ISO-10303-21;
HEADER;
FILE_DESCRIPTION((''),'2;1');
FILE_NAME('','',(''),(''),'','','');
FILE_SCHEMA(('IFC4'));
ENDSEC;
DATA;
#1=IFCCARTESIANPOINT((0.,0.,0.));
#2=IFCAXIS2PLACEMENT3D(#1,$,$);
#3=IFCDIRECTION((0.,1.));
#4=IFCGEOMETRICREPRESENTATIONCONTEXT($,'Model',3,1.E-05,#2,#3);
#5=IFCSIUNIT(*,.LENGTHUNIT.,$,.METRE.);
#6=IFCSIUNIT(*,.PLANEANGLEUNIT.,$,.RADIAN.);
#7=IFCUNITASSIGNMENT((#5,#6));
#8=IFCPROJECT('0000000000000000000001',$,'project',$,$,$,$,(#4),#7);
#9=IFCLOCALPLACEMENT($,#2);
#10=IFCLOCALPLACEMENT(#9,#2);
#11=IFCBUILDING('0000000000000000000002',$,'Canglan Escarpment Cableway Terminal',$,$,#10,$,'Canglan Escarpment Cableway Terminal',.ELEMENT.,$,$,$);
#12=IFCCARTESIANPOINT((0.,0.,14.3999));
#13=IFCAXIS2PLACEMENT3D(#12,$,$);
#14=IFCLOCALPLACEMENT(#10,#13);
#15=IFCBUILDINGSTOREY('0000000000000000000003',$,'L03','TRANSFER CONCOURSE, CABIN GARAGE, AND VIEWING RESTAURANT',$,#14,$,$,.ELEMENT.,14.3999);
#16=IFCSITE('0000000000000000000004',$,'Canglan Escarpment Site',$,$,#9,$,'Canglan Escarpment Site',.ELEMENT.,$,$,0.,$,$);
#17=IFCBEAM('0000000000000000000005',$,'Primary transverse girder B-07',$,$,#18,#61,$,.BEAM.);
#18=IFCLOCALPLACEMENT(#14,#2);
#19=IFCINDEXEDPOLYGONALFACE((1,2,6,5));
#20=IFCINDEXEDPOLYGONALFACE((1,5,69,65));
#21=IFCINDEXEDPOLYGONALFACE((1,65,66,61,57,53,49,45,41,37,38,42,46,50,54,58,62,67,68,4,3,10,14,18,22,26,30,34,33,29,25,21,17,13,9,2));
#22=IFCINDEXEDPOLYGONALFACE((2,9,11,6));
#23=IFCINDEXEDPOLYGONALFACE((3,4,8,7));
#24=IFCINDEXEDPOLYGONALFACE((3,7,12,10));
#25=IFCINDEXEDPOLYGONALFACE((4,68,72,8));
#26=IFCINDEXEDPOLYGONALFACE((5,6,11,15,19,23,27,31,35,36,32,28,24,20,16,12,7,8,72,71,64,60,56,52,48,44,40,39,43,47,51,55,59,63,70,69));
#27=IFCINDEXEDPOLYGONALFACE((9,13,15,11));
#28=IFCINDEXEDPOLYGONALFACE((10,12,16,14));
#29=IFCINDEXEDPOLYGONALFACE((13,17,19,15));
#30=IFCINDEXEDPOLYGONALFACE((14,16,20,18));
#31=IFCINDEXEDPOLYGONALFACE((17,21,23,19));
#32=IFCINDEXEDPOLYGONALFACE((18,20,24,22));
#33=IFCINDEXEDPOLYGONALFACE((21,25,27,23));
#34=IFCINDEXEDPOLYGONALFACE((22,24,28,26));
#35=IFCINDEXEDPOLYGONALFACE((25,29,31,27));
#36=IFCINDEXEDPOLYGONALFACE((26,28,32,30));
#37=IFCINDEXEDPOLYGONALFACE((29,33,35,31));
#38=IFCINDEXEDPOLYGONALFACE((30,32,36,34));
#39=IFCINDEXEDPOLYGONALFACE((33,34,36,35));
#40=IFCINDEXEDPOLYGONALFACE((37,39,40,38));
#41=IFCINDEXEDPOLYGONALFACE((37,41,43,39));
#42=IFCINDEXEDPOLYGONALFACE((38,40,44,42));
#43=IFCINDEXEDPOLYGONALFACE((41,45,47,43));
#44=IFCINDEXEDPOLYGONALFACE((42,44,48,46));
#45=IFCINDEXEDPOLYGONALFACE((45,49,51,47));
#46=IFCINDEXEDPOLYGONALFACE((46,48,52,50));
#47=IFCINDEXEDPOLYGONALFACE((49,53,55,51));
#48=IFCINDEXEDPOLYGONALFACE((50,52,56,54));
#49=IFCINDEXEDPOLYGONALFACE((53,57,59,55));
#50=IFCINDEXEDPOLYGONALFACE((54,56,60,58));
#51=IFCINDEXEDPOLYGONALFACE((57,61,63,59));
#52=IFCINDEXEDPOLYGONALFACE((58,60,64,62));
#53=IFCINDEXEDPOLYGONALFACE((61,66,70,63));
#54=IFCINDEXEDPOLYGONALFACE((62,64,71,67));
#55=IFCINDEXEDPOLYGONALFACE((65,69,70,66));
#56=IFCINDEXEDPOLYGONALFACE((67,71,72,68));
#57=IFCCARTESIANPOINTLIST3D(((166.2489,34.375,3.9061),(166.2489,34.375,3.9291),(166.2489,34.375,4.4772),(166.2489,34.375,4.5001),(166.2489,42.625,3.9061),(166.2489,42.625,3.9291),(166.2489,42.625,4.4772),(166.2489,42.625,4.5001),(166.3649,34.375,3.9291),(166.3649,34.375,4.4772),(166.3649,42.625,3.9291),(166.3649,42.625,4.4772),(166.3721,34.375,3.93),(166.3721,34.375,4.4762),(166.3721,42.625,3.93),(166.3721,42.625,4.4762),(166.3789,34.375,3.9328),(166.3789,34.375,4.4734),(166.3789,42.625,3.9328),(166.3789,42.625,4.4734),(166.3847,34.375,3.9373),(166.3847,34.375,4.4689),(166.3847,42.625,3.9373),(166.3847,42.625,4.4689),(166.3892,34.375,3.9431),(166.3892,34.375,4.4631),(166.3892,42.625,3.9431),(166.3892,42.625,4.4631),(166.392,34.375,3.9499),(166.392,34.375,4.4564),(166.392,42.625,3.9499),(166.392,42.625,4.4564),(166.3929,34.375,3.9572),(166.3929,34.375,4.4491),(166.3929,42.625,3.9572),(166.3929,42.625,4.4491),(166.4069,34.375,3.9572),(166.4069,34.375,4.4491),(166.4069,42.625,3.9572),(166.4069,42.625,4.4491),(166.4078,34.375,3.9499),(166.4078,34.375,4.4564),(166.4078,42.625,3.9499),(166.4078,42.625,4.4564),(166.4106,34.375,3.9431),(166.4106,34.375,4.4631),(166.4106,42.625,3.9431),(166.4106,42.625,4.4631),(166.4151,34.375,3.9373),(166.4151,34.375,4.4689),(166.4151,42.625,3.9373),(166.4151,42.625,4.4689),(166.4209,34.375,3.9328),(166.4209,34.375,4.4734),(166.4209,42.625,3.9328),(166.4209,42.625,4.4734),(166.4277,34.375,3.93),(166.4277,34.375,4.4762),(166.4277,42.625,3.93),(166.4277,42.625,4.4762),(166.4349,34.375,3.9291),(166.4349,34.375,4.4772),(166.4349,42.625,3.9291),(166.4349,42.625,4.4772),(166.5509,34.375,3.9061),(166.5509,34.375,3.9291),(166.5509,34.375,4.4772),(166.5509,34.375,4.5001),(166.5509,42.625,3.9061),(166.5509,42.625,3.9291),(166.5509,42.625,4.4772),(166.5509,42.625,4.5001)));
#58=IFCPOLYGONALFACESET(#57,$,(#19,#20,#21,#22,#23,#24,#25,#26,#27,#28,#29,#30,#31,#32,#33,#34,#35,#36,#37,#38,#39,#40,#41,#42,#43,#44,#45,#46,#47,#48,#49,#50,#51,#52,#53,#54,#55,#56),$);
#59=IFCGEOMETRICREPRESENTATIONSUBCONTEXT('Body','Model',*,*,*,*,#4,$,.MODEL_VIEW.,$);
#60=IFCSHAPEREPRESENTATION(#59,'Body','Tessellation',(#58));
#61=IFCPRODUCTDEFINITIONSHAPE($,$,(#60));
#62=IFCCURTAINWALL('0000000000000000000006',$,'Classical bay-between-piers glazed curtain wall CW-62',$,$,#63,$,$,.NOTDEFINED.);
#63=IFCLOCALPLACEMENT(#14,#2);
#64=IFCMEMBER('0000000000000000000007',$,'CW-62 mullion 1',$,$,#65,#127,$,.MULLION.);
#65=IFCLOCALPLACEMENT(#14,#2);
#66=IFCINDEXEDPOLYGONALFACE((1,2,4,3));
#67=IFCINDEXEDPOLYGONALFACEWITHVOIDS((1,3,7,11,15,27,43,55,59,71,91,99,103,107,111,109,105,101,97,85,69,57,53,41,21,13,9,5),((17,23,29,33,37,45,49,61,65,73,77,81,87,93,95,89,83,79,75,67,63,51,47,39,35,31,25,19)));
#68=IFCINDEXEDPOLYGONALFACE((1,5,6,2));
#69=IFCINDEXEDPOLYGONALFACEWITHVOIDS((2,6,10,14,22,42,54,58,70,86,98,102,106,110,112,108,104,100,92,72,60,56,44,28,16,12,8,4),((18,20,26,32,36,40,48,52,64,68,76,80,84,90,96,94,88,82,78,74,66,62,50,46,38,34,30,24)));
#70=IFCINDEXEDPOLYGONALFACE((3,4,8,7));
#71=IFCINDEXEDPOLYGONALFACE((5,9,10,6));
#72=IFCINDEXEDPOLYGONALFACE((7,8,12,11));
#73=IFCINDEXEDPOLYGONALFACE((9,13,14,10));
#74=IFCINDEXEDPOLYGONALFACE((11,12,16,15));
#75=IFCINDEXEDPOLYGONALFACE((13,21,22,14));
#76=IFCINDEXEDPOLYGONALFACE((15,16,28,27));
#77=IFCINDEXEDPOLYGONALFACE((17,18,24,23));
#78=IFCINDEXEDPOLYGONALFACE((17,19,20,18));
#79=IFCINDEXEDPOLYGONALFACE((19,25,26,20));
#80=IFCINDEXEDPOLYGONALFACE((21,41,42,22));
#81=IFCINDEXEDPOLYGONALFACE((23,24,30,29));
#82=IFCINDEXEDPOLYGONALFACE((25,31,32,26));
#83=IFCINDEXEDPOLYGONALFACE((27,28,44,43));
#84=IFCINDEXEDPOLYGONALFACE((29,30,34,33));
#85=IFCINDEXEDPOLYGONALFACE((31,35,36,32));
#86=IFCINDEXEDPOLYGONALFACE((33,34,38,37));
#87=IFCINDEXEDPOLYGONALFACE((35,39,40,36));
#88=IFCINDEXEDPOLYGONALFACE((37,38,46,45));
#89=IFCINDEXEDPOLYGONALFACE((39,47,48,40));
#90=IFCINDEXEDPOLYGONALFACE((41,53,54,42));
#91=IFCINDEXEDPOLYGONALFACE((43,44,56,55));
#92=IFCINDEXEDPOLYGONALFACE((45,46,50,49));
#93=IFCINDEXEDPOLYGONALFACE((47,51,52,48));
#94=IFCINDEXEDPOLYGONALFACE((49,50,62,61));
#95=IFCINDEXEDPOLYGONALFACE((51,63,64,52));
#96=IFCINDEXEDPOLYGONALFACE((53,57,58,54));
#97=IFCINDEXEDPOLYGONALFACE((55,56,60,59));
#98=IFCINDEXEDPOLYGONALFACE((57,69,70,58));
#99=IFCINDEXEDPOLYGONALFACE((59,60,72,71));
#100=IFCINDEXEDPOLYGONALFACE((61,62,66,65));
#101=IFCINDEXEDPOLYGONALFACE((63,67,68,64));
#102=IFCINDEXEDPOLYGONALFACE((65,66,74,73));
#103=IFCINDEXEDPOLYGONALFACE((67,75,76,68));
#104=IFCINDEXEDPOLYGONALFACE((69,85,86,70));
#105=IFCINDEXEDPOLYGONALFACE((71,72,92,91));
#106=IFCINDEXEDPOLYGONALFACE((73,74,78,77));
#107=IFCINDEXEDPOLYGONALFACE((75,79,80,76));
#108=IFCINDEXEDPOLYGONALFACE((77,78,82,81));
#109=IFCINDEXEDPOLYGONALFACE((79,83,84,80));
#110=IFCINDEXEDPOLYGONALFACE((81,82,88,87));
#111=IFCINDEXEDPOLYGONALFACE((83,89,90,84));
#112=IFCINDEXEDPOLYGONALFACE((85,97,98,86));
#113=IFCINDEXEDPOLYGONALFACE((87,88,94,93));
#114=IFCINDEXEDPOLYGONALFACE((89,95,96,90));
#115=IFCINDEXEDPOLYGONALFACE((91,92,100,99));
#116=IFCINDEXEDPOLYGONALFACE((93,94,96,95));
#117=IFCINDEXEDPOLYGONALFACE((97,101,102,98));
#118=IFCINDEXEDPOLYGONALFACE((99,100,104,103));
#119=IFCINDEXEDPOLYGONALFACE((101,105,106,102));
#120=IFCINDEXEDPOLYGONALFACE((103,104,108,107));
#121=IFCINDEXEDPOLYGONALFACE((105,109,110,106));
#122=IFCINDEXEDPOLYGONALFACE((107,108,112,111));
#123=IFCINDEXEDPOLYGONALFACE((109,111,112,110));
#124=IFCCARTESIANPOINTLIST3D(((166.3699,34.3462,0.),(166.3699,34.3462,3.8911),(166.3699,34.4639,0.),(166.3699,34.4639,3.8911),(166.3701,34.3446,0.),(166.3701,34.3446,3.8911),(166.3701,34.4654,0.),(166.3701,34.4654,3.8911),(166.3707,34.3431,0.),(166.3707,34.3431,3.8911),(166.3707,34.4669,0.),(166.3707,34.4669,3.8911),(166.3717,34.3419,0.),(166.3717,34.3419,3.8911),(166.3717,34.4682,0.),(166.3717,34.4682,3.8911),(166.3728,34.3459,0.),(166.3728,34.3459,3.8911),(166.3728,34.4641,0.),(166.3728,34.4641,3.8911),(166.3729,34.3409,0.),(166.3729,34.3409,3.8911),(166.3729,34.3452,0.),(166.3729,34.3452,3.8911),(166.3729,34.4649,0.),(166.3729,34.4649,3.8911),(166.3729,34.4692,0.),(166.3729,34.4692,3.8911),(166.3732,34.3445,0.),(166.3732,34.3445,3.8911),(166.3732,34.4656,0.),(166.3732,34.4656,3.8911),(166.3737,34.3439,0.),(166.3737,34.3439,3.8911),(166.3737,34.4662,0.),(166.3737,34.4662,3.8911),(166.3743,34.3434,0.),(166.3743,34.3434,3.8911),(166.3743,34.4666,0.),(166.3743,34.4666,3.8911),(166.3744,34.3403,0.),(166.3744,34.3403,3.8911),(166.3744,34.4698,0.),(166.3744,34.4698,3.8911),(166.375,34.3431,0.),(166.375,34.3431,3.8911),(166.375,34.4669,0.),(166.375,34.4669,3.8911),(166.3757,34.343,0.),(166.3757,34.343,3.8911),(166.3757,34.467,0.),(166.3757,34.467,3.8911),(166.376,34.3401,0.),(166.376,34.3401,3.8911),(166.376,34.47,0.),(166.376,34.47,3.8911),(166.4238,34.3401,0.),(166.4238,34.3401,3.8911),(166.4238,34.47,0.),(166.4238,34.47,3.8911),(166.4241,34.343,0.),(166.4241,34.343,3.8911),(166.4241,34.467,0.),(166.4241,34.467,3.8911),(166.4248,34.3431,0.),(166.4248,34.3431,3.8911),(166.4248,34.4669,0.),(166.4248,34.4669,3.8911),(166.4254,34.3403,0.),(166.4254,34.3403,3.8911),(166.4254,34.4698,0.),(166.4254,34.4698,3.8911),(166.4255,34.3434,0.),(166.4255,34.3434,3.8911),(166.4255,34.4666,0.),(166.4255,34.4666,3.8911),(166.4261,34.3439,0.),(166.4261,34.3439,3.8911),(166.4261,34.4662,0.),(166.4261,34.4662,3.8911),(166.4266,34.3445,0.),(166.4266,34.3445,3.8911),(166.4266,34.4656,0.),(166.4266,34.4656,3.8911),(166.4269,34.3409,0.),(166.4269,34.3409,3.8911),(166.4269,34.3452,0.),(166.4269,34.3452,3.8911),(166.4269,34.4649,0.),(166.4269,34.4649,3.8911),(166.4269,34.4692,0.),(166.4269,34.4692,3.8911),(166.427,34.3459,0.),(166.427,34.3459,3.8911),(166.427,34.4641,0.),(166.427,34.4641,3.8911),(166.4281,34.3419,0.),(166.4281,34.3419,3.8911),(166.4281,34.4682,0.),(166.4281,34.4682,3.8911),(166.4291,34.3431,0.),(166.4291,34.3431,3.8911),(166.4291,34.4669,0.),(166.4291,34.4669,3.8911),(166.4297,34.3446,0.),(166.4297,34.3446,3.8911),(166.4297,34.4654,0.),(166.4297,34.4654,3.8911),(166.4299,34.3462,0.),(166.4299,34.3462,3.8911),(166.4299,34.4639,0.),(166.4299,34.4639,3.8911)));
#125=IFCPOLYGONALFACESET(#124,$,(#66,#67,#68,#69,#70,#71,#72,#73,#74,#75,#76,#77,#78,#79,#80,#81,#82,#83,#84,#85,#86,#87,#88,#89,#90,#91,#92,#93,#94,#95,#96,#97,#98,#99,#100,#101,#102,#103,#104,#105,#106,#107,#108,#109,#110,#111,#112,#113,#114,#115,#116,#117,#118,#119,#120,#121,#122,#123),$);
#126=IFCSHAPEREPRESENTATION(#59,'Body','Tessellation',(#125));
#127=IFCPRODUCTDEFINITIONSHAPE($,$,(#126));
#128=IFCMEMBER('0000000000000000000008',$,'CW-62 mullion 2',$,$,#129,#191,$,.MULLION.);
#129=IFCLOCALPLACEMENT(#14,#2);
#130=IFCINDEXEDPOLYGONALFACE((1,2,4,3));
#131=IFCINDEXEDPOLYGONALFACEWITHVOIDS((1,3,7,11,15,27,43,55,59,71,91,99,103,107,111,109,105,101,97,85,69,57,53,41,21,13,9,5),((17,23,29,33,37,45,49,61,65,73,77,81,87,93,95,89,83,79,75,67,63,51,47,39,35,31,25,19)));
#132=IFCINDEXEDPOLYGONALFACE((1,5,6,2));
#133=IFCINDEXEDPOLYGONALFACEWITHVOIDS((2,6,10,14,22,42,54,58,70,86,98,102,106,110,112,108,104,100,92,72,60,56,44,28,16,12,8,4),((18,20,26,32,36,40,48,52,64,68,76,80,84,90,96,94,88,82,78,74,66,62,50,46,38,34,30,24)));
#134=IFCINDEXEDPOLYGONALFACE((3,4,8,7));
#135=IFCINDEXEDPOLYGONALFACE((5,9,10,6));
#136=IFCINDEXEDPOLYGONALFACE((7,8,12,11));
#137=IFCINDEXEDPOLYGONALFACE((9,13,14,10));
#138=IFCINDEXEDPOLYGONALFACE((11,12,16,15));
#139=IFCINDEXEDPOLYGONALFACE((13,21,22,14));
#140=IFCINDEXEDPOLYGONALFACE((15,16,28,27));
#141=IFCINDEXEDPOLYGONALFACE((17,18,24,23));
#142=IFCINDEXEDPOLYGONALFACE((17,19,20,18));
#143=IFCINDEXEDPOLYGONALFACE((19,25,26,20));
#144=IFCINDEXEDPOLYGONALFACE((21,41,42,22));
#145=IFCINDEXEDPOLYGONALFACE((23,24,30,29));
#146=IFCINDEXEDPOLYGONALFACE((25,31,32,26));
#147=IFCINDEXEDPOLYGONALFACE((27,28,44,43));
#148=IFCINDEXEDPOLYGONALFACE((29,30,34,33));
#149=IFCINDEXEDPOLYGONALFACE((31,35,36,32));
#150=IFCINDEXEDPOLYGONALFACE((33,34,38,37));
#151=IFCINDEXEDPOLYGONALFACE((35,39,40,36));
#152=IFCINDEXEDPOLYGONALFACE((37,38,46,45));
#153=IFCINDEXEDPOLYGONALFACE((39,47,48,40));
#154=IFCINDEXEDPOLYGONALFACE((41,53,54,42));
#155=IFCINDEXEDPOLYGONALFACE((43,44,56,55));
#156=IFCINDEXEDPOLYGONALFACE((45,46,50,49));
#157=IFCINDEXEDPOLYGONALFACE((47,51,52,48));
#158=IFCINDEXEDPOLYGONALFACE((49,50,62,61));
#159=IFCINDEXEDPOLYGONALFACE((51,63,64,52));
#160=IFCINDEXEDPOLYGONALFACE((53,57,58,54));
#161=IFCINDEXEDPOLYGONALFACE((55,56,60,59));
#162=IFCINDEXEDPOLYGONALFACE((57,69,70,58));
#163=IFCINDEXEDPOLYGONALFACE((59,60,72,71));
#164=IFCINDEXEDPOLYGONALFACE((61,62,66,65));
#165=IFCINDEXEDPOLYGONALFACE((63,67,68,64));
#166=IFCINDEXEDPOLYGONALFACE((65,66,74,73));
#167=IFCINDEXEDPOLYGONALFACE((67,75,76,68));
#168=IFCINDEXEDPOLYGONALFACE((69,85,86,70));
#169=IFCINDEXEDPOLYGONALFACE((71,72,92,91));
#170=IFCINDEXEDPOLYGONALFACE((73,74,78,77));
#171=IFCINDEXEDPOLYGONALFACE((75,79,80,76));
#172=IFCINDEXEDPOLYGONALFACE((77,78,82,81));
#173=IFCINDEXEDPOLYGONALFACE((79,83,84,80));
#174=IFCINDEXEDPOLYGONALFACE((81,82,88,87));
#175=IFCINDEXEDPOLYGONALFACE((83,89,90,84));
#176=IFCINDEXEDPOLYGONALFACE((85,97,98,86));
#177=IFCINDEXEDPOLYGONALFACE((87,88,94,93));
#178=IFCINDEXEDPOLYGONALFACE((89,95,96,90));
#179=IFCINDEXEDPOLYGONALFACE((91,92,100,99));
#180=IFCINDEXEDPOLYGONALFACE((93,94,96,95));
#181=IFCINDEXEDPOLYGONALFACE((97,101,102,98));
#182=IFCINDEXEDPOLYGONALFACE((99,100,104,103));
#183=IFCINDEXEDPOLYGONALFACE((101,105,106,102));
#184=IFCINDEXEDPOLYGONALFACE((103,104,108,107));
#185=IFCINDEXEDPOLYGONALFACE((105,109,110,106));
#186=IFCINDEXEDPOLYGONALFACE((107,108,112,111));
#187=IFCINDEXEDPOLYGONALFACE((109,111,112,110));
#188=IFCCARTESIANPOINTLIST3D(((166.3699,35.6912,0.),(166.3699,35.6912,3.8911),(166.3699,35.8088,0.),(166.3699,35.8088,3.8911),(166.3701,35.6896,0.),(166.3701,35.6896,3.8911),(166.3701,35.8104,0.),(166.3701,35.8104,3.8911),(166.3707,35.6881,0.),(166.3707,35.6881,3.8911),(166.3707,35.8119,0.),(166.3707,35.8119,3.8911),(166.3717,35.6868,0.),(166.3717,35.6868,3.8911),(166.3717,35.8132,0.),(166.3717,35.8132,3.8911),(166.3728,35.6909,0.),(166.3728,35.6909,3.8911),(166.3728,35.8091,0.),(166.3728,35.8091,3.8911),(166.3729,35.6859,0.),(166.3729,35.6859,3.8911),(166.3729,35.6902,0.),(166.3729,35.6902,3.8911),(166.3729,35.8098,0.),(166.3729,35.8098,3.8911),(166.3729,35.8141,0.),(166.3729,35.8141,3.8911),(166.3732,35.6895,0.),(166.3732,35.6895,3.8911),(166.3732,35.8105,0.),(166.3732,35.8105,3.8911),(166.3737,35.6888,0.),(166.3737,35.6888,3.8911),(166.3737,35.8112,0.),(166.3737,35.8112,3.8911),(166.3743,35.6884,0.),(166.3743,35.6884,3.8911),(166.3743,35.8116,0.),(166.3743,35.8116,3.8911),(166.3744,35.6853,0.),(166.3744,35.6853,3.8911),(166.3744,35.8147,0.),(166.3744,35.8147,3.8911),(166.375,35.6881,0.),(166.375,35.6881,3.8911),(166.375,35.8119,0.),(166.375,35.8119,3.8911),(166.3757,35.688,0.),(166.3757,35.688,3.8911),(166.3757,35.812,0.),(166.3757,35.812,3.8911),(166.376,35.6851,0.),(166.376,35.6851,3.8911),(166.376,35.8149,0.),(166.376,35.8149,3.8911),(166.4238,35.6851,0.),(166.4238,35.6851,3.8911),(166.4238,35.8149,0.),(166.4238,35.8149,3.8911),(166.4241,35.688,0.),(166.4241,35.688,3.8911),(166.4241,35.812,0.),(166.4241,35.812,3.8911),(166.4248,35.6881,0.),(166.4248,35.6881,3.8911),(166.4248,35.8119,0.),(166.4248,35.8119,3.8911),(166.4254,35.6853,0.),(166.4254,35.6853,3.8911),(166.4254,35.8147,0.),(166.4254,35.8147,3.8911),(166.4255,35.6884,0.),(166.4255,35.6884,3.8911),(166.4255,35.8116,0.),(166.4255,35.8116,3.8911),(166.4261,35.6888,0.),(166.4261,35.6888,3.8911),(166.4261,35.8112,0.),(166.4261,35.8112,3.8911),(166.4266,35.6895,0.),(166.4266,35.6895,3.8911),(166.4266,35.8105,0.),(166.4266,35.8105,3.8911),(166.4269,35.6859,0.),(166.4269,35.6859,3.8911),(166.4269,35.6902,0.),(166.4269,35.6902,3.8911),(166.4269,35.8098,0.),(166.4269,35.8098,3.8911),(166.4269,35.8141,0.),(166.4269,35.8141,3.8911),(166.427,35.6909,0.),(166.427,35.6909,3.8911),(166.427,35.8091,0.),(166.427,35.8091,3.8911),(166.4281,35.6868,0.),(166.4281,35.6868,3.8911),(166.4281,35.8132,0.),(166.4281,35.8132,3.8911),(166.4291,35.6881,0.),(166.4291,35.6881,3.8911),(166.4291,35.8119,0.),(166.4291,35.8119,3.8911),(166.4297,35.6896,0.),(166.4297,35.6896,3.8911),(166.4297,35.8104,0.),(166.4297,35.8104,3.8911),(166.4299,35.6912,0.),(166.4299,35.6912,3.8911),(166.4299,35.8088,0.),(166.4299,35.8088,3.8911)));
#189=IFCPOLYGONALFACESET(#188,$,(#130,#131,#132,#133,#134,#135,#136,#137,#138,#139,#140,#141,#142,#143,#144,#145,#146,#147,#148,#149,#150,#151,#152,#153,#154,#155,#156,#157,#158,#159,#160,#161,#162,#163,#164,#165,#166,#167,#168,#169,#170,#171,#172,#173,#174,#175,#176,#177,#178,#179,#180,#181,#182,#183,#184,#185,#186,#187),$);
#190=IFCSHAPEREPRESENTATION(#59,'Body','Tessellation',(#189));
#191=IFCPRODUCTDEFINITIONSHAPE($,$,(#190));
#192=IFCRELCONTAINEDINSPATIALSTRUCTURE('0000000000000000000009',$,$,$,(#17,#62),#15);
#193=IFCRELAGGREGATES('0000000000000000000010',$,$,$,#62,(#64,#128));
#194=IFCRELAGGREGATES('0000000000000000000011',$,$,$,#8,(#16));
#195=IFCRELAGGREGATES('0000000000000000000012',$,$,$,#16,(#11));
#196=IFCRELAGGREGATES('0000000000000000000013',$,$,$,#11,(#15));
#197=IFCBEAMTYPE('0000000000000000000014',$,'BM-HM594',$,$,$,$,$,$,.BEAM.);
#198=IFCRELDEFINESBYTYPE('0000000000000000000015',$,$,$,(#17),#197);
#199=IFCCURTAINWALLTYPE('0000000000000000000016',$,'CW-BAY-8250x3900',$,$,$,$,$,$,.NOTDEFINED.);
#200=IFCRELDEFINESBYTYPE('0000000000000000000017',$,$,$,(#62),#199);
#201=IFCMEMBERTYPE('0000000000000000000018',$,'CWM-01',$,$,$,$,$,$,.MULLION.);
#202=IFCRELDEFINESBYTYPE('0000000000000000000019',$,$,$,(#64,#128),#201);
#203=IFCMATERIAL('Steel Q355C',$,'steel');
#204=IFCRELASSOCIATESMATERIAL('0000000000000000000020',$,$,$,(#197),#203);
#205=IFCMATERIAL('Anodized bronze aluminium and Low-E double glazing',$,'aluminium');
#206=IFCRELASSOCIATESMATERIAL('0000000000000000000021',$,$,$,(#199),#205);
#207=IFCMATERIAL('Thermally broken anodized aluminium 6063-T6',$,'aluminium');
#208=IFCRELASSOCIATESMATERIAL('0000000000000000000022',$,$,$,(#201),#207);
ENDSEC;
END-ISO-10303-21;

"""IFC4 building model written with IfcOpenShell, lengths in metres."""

from ifc_helpers import new_model, si_unit, direction, frame, origin, origin_2d, place, context, subcontext, project, spatial, hollow_rectangle, i_section, extrude, material, material_profile, profile_set, type_object, element, aggregate, save


model = new_model("IFC4")

# Units and contexts
model_context = context("Model", 3, precision=1e-05, world=origin(), true_north=direction((0.0, 1.0)))
body_context = subcontext(model_context, "Body", "Model", "MODEL_VIEW")
ifc_project = project(units=[si_unit("LENGTHUNIT", "METRE"), si_unit("PLANEANGLEUNIT", "RADIAN")], contexts=[model_context])

# Site, building, storey
site_placement = place(None, origin())
site = spatial("IfcSite", under=ifc_project, at=site_placement, Name="Canglan Escarpment Site", LongName="Canglan Escarpment Site", CompositionType="ELEMENT", RefElevation=0.0)
building_placement = place(site_placement, origin())
building = spatial("IfcBuilding", under=site, at=building_placement, Name="Canglan Escarpment Cableway Terminal", LongName="Canglan Escarpment Cableway Terminal", CompositionType="ELEMENT")
storey_placement = place(building_placement, frame((0.0, 0.0, 14.3999)))
storey = spatial("IfcBuildingStorey", under=building, at=storey_placement, Name="L03", Description="TRANSFER CONCOURSE, CABIN GARAGE, AND VIEWING RESTAURANT", CompositionType="ELEMENT", Elevation=14.3999)

# Shared definitions
ifc_material_1 = material(Name="Steel Q355C", Category="steel")

# Beam
ifc_material_profile_1 = material_profile(ifc_material_1, i_section(OverallWidth=0.302, OverallDepth=0.594, WebThickness=0.0139, FlangeThickness=0.0229, FilletRadius=0.0281, at=origin_2d()), Name="HM 594x302x14x23")
ifc_profile_set_1 = profile_set([ifc_material_profile_1], Name="Steel Q355C")
beam_type_1 = type_object("IfcBeamType", Name="BM-HM594", PredefinedType="BEAM", material=ifc_profile_set_1)
beam_1_placement = place(storey_placement, frame((166.3999, 34.375, 4.2031), z_axis=(0.0, 1.0, 0.0), x_axis=(-1.0, 0.0, 0.0)))
element("IfcBeam", 1, at=beam_1_placement, inside=storey, type_object=beam_type_1, Name="Primary transverse girder B-07", PredefinedType="BEAM", context=body_context, shape_type="SweptSolid", body=[
    extrude(i_section(OverallWidth=0.302, OverallDepth=0.594, WebThickness=0.0139, FlangeThickness=0.0229, FilletRadius=0.0281, at=origin_2d()), origin(), (0.0, 0.0, 1.0), 8.25),
])

# Curtain wall, members
ifc_material_2 = material(Name="Anodized bronze aluminium and Low-E double glazing", Category="aluminium")
curtain_wall_type_1 = type_object("IfcCurtainWallType", Name="CW-BAY-8250x3900", PredefinedType="NOTDEFINED", material=ifc_material_2)
curtain_wall_1_placement = place(storey_placement, origin())
curtain_wall_1 = element("IfcCurtainWall", 2, at=curtain_wall_1_placement, inside=storey, type_object=curtain_wall_type_1, Name="Classical bay-between-piers glazed curtain wall CW-62", PredefinedType="NOTDEFINED")
ifc_material_3 = material(Name="Thermally broken anodized aluminium 6063-T6", Category="aluminium")
ifc_material_profile_2 = material_profile(ifc_material_3, hollow_rectangle(XDim=0.0601, YDim=0.1299, WallThickness=0.0029, InnerFilletRadius=0.0029, OuterFilletRadius=0.0061, at=origin_2d()), Name="ALU-MULL 60x130x3")
ifc_profile_set_2 = profile_set([ifc_material_profile_2], Name="Thermally broken anodized aluminium 6063-T6")
member_type_1 = type_object("IfcMemberType", Name="CWM-01", PredefinedType="MULLION", material=ifc_profile_set_2)
member_1_placement = place(storey_placement, frame((166.3999, 34.405, 0.0), z_axis=(0.0, 0.0, 1.0), x_axis=(-1.0, 0.0, 0.0)))
member_1 = element("IfcMember", 3, at=member_1_placement, type_object=member_type_1, Name="CW-62 mullion 1", PredefinedType="MULLION", context=body_context, shape_type="SweptSolid", body=[
    extrude(hollow_rectangle(XDim=0.0601, YDim=0.1299, WallThickness=0.0029, InnerFilletRadius=0.0029, OuterFilletRadius=0.0061, at=origin_2d()), origin(), (0.0, 0.0, 1.0), 3.8911),
])
member_2_placement = place(storey_placement, frame((166.3999, 35.75, 0.0), z_axis=(0.0, 0.0, 1.0), x_axis=(-1.0, 0.0, 0.0)))
member_2 = element("IfcMember", 4, at=member_2_placement, type_object=member_type_1, Name="CW-62 mullion 2", PredefinedType="MULLION", context=body_context, shape_type="SweptSolid", body=[
    extrude(hollow_rectangle(XDim=0.0601, YDim=0.1299, WallThickness=0.0029, InnerFilletRadius=0.0029, OuterFilletRadius=0.0061, at=origin_2d()), origin(), (0.0, 0.0, 1.0), 3.8911),
])

aggregate(curtain_wall_1, [member_1, member_2])

save(model, "model.ifc")
